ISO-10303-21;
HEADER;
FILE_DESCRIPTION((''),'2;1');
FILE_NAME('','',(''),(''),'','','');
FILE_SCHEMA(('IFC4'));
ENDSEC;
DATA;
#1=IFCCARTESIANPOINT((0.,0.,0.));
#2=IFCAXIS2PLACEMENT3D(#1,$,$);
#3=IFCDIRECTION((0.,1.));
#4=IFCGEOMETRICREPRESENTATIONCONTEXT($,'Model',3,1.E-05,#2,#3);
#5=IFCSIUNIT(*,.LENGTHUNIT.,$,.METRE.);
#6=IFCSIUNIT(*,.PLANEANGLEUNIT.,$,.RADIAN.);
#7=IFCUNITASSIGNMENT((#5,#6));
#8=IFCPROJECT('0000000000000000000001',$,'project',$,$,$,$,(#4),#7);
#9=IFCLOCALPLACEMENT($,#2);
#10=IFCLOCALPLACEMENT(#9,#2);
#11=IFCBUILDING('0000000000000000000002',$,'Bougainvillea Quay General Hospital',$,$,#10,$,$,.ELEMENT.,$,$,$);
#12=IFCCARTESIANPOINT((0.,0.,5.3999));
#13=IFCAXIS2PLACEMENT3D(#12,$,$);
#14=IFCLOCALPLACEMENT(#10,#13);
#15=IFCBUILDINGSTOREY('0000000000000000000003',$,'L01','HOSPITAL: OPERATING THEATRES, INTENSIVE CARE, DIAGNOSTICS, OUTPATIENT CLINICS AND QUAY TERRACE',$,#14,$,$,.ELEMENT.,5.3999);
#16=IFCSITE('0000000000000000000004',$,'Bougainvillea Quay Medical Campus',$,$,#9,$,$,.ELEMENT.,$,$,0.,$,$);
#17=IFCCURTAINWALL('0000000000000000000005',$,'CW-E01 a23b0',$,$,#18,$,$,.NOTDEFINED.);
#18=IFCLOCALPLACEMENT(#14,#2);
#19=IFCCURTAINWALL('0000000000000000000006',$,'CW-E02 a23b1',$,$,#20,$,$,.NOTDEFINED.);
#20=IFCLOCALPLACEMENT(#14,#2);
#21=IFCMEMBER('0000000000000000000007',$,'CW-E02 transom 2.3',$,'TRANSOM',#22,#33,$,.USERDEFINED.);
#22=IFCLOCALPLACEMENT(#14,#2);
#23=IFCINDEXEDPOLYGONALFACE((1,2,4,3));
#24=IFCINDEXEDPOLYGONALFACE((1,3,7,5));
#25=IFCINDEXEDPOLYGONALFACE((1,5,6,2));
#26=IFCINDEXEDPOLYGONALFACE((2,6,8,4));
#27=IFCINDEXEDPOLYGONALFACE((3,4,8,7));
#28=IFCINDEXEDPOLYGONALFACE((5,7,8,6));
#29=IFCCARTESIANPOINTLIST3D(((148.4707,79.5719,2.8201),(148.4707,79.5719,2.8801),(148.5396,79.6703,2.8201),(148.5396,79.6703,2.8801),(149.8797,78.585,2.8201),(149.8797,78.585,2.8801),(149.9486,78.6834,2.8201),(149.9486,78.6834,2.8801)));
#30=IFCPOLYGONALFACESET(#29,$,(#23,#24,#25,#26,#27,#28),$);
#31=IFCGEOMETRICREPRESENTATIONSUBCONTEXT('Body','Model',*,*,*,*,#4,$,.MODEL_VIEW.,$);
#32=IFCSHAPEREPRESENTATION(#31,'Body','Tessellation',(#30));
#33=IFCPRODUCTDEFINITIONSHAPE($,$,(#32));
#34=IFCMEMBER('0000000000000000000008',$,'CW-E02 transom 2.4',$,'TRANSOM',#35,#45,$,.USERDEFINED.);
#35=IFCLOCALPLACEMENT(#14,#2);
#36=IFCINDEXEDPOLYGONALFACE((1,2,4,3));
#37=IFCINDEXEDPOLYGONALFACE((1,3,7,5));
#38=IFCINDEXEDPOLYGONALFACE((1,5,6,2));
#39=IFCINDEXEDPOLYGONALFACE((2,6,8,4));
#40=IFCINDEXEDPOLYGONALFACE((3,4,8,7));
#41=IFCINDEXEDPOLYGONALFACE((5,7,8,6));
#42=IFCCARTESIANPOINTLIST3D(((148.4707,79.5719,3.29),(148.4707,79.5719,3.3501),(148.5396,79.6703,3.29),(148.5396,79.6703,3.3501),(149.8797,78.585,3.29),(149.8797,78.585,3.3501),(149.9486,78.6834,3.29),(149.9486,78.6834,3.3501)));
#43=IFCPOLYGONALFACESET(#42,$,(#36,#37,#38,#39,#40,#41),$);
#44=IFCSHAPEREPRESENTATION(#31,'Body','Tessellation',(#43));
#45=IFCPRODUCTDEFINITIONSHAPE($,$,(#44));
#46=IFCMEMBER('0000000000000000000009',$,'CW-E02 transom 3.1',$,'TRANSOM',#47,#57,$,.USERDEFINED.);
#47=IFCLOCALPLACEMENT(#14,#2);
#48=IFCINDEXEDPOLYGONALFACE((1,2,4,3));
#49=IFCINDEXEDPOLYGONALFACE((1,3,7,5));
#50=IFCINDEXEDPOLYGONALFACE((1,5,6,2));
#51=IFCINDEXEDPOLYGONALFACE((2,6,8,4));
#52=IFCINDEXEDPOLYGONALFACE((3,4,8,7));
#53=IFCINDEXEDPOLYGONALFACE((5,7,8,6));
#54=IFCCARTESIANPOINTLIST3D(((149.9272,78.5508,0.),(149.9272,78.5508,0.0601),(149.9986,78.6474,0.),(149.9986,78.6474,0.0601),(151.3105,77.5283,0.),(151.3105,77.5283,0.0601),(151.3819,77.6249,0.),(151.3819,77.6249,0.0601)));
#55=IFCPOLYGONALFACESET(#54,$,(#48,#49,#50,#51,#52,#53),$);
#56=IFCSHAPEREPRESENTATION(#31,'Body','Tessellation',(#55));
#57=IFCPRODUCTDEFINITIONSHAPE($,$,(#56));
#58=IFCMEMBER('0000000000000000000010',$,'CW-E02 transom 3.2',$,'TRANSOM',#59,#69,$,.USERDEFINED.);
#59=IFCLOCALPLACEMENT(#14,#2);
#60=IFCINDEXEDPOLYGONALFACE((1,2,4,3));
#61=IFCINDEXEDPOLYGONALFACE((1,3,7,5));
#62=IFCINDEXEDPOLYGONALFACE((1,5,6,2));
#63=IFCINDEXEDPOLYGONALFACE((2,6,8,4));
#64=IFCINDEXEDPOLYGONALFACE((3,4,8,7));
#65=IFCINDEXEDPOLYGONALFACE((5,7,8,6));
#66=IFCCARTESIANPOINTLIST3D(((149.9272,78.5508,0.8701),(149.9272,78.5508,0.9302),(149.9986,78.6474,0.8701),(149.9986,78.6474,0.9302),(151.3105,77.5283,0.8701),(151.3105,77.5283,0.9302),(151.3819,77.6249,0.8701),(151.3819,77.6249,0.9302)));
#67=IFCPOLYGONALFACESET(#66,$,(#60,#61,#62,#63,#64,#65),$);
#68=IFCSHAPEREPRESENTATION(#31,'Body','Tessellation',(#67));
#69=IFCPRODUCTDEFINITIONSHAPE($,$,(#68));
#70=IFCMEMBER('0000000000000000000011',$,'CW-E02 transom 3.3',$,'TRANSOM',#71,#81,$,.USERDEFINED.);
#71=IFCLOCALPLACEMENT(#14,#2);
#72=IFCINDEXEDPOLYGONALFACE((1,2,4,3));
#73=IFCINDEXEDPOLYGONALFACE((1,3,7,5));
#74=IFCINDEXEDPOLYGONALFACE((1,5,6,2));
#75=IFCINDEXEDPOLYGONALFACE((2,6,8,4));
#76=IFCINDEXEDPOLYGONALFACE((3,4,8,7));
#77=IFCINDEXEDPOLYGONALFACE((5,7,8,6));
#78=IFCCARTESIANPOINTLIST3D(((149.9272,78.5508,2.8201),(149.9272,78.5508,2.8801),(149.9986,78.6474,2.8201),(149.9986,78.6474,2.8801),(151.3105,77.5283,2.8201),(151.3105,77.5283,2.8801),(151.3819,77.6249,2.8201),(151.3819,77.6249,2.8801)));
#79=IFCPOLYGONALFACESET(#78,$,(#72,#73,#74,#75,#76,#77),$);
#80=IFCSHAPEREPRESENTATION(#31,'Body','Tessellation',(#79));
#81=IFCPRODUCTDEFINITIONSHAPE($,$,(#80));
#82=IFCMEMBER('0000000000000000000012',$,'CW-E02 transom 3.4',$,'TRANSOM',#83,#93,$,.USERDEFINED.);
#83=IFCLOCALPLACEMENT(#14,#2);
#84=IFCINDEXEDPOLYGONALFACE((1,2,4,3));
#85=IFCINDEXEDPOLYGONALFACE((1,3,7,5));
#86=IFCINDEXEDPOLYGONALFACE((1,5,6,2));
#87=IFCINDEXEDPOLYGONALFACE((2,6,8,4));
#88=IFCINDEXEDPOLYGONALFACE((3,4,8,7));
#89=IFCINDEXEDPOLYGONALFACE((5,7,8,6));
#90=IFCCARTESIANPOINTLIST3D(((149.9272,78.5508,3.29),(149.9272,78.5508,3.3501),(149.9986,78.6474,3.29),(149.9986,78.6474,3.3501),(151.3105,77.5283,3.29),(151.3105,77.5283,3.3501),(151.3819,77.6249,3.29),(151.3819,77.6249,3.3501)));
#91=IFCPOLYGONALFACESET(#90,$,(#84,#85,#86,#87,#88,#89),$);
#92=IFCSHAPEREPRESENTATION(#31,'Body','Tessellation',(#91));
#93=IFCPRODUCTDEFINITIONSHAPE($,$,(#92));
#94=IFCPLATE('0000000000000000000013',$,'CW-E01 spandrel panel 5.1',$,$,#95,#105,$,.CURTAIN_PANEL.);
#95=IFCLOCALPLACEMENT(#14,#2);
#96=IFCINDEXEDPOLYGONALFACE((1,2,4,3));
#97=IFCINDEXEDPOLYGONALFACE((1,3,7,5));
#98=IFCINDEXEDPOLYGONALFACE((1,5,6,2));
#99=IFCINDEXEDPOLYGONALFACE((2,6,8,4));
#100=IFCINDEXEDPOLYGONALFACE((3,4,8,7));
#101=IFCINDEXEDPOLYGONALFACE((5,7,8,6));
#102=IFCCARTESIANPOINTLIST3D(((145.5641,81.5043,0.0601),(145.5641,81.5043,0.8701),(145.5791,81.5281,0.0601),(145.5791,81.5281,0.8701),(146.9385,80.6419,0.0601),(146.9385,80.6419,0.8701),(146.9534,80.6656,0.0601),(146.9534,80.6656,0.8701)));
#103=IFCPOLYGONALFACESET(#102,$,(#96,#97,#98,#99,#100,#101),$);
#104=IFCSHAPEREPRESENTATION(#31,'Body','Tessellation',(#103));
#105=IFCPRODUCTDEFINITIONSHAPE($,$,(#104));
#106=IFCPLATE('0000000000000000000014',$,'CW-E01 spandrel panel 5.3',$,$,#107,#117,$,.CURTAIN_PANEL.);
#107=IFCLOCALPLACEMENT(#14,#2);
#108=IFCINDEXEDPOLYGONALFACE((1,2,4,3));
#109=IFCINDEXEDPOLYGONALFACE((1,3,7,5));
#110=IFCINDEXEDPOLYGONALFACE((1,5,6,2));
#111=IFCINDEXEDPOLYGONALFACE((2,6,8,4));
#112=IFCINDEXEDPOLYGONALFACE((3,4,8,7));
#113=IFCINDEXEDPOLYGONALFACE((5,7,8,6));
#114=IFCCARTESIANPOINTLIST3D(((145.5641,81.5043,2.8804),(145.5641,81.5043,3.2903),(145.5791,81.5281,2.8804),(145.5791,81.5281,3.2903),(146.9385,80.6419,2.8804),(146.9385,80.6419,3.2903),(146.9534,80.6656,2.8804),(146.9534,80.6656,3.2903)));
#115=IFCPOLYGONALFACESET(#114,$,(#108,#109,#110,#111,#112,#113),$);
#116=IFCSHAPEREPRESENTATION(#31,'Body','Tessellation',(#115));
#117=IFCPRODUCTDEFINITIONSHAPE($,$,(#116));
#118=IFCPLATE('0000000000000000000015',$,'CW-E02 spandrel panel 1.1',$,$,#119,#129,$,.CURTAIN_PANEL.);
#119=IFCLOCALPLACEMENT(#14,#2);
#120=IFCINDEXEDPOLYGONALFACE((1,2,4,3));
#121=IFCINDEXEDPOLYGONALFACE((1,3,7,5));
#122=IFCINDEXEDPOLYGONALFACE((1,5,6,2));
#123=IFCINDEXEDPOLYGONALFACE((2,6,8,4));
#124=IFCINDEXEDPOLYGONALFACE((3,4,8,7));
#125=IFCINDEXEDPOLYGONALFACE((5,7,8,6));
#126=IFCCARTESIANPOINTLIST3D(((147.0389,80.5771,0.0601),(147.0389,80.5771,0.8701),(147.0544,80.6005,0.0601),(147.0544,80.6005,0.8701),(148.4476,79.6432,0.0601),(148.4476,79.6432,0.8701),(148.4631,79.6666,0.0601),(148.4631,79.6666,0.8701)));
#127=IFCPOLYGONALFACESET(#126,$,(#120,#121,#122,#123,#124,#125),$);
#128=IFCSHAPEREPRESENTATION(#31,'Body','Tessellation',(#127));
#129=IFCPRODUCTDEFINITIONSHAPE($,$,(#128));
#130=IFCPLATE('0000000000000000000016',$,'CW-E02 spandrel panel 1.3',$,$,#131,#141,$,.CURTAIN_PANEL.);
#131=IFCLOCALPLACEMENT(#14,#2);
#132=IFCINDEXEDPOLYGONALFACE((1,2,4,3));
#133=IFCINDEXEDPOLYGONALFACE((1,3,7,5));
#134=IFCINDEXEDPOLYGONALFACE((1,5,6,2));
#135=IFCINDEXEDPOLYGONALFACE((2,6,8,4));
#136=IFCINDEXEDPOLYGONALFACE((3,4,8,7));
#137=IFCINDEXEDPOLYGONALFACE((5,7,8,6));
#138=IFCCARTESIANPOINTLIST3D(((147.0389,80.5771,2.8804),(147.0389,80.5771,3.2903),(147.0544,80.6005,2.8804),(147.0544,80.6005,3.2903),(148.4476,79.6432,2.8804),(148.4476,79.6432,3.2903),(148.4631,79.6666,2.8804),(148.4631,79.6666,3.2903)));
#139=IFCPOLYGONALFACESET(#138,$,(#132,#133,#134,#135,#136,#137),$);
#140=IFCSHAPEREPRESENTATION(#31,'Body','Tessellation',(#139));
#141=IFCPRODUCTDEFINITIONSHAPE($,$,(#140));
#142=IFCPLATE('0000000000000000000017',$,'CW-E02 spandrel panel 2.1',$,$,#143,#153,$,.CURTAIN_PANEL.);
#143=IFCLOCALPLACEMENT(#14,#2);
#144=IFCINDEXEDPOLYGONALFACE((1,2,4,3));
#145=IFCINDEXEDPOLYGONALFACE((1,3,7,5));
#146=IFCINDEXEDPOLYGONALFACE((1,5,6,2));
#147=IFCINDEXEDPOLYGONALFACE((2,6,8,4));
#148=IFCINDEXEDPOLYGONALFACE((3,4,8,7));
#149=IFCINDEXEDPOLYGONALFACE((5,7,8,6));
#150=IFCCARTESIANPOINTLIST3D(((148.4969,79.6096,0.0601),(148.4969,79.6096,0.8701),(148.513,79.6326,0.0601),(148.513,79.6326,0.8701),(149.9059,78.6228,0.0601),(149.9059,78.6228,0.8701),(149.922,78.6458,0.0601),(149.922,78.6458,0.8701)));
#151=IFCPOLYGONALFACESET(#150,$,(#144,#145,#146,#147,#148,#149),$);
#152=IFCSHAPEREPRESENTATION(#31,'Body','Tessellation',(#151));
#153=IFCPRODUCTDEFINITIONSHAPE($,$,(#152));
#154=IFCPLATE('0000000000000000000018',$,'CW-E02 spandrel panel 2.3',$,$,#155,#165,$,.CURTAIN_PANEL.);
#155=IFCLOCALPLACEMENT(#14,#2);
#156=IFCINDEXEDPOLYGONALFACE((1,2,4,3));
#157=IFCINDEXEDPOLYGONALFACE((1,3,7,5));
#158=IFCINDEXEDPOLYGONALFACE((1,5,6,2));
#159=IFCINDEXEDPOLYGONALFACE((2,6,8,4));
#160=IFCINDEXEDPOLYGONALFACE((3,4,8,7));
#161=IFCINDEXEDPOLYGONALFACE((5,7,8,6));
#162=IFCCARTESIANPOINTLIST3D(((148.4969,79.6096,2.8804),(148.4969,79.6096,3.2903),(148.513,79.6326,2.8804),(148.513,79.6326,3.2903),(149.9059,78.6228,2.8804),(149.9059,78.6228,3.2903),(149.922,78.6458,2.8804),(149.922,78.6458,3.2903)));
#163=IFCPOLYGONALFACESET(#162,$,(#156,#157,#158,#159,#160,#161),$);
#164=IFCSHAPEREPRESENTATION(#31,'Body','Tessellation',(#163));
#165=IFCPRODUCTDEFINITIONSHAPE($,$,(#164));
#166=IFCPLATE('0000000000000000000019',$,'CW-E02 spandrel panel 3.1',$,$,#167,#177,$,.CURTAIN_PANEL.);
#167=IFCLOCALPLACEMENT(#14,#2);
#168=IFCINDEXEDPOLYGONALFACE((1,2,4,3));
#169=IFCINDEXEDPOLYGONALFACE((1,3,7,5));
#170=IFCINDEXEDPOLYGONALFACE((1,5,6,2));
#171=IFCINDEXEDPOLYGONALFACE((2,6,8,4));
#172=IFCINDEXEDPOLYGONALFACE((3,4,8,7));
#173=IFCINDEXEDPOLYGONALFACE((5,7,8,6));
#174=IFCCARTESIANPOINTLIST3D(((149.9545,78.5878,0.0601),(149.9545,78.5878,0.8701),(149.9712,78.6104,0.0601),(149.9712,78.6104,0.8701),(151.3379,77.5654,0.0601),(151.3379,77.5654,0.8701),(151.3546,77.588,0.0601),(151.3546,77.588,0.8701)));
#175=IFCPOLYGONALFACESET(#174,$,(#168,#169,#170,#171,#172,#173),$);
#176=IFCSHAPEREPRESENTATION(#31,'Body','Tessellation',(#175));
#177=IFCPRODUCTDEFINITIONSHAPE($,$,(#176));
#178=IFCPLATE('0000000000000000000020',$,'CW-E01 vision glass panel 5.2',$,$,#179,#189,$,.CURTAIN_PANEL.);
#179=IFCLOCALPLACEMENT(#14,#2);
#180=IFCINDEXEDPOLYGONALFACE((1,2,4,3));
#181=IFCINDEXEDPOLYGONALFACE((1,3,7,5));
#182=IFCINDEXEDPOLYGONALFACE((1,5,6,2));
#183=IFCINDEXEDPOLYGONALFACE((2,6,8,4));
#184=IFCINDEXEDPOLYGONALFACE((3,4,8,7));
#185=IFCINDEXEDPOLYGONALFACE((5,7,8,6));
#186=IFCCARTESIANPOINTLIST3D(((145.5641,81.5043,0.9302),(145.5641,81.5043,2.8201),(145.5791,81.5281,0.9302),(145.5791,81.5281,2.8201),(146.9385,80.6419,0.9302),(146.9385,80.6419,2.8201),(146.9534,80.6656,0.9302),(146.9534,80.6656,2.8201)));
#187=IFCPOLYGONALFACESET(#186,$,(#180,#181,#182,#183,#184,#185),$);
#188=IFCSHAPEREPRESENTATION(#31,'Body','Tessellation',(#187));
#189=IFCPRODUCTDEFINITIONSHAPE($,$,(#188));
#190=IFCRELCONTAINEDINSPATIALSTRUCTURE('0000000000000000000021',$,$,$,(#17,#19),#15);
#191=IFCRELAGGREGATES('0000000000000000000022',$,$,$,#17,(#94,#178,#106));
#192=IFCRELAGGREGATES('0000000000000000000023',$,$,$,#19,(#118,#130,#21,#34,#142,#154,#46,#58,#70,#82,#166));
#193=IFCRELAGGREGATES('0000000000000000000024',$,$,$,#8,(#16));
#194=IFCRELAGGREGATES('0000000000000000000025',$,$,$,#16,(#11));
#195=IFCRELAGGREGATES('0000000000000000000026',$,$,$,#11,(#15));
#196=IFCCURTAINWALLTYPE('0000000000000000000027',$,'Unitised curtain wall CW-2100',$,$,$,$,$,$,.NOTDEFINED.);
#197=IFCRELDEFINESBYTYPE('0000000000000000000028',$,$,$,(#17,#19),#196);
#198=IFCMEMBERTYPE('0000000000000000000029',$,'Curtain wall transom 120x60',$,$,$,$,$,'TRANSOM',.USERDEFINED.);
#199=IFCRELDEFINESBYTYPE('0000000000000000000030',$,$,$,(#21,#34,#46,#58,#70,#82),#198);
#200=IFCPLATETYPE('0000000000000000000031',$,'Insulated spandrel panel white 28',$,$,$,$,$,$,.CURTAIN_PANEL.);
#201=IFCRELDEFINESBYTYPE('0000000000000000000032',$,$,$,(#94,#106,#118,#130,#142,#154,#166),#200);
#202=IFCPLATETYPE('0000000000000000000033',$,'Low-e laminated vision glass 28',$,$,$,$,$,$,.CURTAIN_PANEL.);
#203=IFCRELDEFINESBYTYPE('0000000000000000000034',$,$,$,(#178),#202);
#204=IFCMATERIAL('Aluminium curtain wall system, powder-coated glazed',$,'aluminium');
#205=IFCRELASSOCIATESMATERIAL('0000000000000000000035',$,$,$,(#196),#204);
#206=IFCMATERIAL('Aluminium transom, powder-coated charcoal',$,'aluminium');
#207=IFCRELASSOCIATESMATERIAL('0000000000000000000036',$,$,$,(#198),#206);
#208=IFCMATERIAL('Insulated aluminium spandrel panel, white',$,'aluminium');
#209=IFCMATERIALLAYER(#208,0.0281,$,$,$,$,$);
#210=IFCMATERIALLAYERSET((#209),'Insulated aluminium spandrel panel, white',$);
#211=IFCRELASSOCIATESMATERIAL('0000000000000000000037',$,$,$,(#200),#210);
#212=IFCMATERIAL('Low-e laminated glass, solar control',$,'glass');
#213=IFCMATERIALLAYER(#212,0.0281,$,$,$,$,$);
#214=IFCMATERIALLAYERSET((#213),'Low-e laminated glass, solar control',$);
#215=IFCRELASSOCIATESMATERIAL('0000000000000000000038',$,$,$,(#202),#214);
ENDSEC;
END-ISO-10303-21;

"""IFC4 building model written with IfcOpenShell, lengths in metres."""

from ifc_helpers import new_model, si_unit, direction, frame, origin, origin_2d, place, context, subcontext, project, spatial, rectangle, extrude, material, layer, layer_set, material_profile, profile_set, type_object, element, aggregate, save


model = new_model("IFC4")

# Units and contexts
model_context = context("Model", 3, precision=1e-05, world=origin(), true_north=direction((0.0, 1.0)))
body_context = subcontext(model_context, "Body", "Model", "MODEL_VIEW")
ifc_project = project(units=[si_unit("LENGTHUNIT", "METRE"), si_unit("PLANEANGLEUNIT", "RADIAN")], contexts=[model_context])

# Site, building, storey
site_placement = place(None, origin())
site = spatial("IfcSite", under=ifc_project, at=site_placement, Name="Bougainvillea Quay Medical Campus", CompositionType="ELEMENT", RefElevation=0.0)
building_placement = place(site_placement, origin())
building = spatial("IfcBuilding", under=site, at=building_placement, Name="Bougainvillea Quay General Hospital", CompositionType="ELEMENT")
storey_placement = place(building_placement, frame((0.0, 0.0, 5.3999)))
storey = spatial("IfcBuildingStorey", under=building, at=storey_placement, Name="L01", Description="HOSPITAL: OPERATING THEATRES, INTENSIVE CARE, DIAGNOSTICS, OUTPATIENT CLINICS AND QUAY TERRACE", CompositionType="ELEMENT", Elevation=5.3999)

# Curtain wall
ifc_material_1 = material(Name="Aluminium curtain wall system, powder-coated glazed", Category="aluminium")
curtain_wall_type = type_object("IfcCurtainWallType", Name="Unitised curtain wall CW-2100", PredefinedType="NOTDEFINED", material=ifc_material_1)
curtain_wall_1_placement = place(storey_placement, origin())
curtain_wall_1 = element("IfcCurtainWall", 1, at=curtain_wall_1_placement, inside=storey, type_object=curtain_wall_type, Name="CW-E01 a23b0", PredefinedType="NOTDEFINED")

# Curtain wall
curtain_wall_2_placement = place(storey_placement, origin())
curtain_wall_2 = element("IfcCurtainWall", 2, at=curtain_wall_2_placement, inside=storey, type_object=curtain_wall_type, Name="CW-E02 a23b1", PredefinedType="NOTDEFINED")

# Members
ifc_material_2 = material(Name="Aluminium transom, powder-coated charcoal", Category="aluminium")
ifc_material_profile_1 = material_profile(ifc_material_2, rectangle(XDim=0.1201, YDim=0.0601, at=origin_2d()))
ifc_profile_set_1 = profile_set([ifc_material_profile_1], Name="Aluminium transom, powder-coated charcoal")
member_type_1 = type_object("IfcMemberType", Name="Curtain wall transom 120x60", ElementType="TRANSOM", PredefinedType="USERDEFINED", material=ifc_profile_set_1)
member_1_placement = place(storey_placement, frame((148.5051, 79.6211, 2.8501), z_axis=(0.819079, -0.573681, 0.0), x_axis=(0.573681, 0.819079, 0.0)))
member_1 = element("IfcMember", 3, at=member_1_placement, type_object=member_type_1, Name="CW-E02 transom 2.3", ObjectType="TRANSOM", PredefinedType="USERDEFINED", context=body_context, shape_type="SweptSolid", body=[
    extrude(rectangle(XDim=0.1201, YDim=0.0601, at=origin_2d()), origin(), (0.0, 0.0, 1.0), 1.7202),
])
member_2_placement = place(storey_placement, frame((148.5051, 79.6211, 3.3201), z_axis=(0.819079, -0.573681, 0.0), x_axis=(0.573681, 0.819079, 0.0)))
member_2 = element("IfcMember", 4, at=member_2_placement, type_object=member_type_1, Name="CW-E02 transom 2.4", ObjectType="TRANSOM", PredefinedType="USERDEFINED", context=body_context, shape_type="SweptSolid", body=[
    extrude(rectangle(XDim=0.1201, YDim=0.0601, at=origin_2d()), origin(), (0.0, 0.0, 1.0), 1.7202),
])
member_3_placement = place(storey_placement, frame((149.9629, 78.5991, 0.03), z_axis=(0.80417, -0.594399, 0.0), x_axis=(0.594399, 0.80417, 0.0)))
member_3 = element("IfcMember", 5, at=member_3_placement, type_object=member_type_1, Name="CW-E02 transom 3.1", ObjectType="TRANSOM", PredefinedType="USERDEFINED", context=body_context, shape_type="SweptSolid", body=[
    extrude(rectangle(XDim=0.1201, YDim=0.0601, at=origin_2d()), origin(), (0.0, 0.0, 1.0), 1.7202),
])
member_4_placement = place(storey_placement, frame((149.9629, 78.5991, 0.9001), z_axis=(0.80417, -0.594399, 0.0), x_axis=(0.594399, 0.80417, 0.0)))
member_4 = element("IfcMember", 6, at=member_4_placement, type_object=member_type_1, Name="CW-E02 transom 3.2", ObjectType="TRANSOM", PredefinedType="USERDEFINED", context=body_context, shape_type="SweptSolid", body=[
    extrude(rectangle(XDim=0.1201, YDim=0.0601, at=origin_2d()), origin(), (0.0, 0.0, 1.0), 1.7202),
])
member_5_placement = place(storey_placement, frame((149.9629, 78.5991, 2.8501), z_axis=(0.80417, -0.594399, 0.0), x_axis=(0.594399, 0.80417, 0.0)))
member_5 = element("IfcMember", 7, at=member_5_placement, type_object=member_type_1, Name="CW-E02 transom 3.3", ObjectType="TRANSOM", PredefinedType="USERDEFINED", context=body_context, shape_type="SweptSolid", body=[
    extrude(rectangle(XDim=0.1201, YDim=0.0601, at=origin_2d()), origin(), (0.0, 0.0, 1.0), 1.7202),
])
member_6_placement = place(storey_placement, frame((149.9629, 78.5991, 3.3201), z_axis=(0.80417, -0.594399, 0.0), x_axis=(0.594399, 0.80417, 0.0)))
member_6 = element("IfcMember", 8, at=member_6_placement, type_object=member_type_1, Name="CW-E02 transom 3.4", ObjectType="TRANSOM", PredefinedType="USERDEFINED", context=body_context, shape_type="SweptSolid", body=[
    extrude(rectangle(XDim=0.1201, YDim=0.0601, at=origin_2d()), origin(), (0.0, 0.0, 1.0), 1.7202),
])

# Plates
ifc_material_3 = material(Name="Insulated aluminium spandrel panel, white", Category="aluminium")
ifc_layer_1 = layer(ifc_material_3, 0.0281)
ifc_layer_set_1 = layer_set([ifc_layer_1], Name="Insulated aluminium spandrel panel, white")
plate_type_1 = type_object("IfcPlateType", Name="Insulated spandrel panel white 28", PredefinedType="CURTAIN_PANEL", material=ifc_layer_set_1)
plate_1_placement = place(storey_placement, frame((146.2588, 81.085, 0.0601), z_axis=(0.0, 0.0, 1.0), x_axis=(0.847042, -0.531526, 0.0)))
plate_1 = element("IfcPlate", 9, at=plate_1_placement, type_object=plate_type_1, Name="CW-E01 spandrel panel 5.1", PredefinedType="CURTAIN_PANEL", context=body_context, shape_type="SweptSolid", body=[
    extrude(rectangle(XDim=1.6226, YDim=0.0281, at=origin_2d()), origin(), (0.0, 0.0, 1.0), 0.8101),
])
plate_2_placement = place(storey_placement, frame((146.2588, 81.085, 2.8804), z_axis=(0.0, 0.0, 1.0), x_axis=(0.847042, -0.531526, 0.0)))
plate_2 = element("IfcPlate", 10, at=plate_2_placement, type_object=plate_type_1, Name="CW-E01 spandrel panel 5.3", PredefinedType="CURTAIN_PANEL", context=body_context, shape_type="SweptSolid", body=[
    extrude(rectangle(XDim=1.6226, YDim=0.0281, at=origin_2d()), origin(), (0.0, 0.0, 1.0), 0.4099),
])
plate_3_placement = place(storey_placement, frame((147.751, 80.1218, 0.0601), z_axis=(0.0, 0.0, 1.0), x_axis=(0.833469, -0.552566, 0.0)))
plate_3 = element("IfcPlate", 11, at=plate_3_placement, type_object=plate_type_1, Name="CW-E02 spandrel panel 1.1", PredefinedType="CURTAIN_PANEL", context=body_context, shape_type="SweptSolid", body=[
    extrude(rectangle(XDim=1.6902, YDim=0.0281, at=origin_2d()), origin(), (0.0, 0.0, 1.0), 0.8101),
])
plate_4_placement = place(storey_placement, frame((147.751, 80.1218, 2.8804), z_axis=(0.0, 0.0, 1.0), x_axis=(0.833469, -0.552566, 0.0)))
plate_4 = element("IfcPlate", 12, at=plate_4_placement, type_object=plate_type_1, Name="CW-E02 spandrel panel 1.3", PredefinedType="CURTAIN_PANEL", context=body_context, shape_type="SweptSolid", body=[
    extrude(rectangle(XDim=1.6902, YDim=0.0281, at=origin_2d()), origin(), (0.0, 0.0, 1.0), 0.4099),
])
plate_5_placement = place(storey_placement, frame((149.2095, 79.1277, 0.0601), z_axis=(0.0, 0.0, 1.0), x_axis=(0.819096, -0.573656, 0.0)))
plate_5 = element("IfcPlate", 13, at=plate_5_placement, type_object=plate_type_1, Name="CW-E02 spandrel panel 2.1", PredefinedType="CURTAIN_PANEL", context=body_context, shape_type="SweptSolid", body=[
    extrude(rectangle(XDim=1.7202, YDim=0.0281, at=origin_2d()), origin(), (0.0, 0.0, 1.0), 0.8101),
])
plate_6_placement = place(storey_placement, frame((149.2095, 79.1277, 2.8804), z_axis=(0.0, 0.0, 1.0), x_axis=(0.819096, -0.573656, 0.0)))
plate_6 = element("IfcPlate", 14, at=plate_6_placement, type_object=plate_type_1, Name="CW-E02 spandrel panel 2.3", PredefinedType="CURTAIN_PANEL", context=body_context, shape_type="SweptSolid", body=[
    extrude(rectangle(XDim=1.7202, YDim=0.0281, at=origin_2d()), origin(), (0.0, 0.0, 1.0), 0.4099),
])
plate_7_placement = place(storey_placement, frame((150.6545, 78.0879, 0.0601), z_axis=(0.0, 0.0, 1.0), x_axis=(0.804189, -0.594374, 0.0)))
plate_7 = element("IfcPlate", 15, at=plate_7_placement, type_object=plate_type_1, Name="CW-E02 spandrel panel 3.1", PredefinedType="CURTAIN_PANEL", context=body_context, shape_type="SweptSolid", body=[
    extrude(rectangle(XDim=1.7202, YDim=0.0281, at=origin_2d()), origin(), (0.0, 0.0, 1.0), 0.8101),
])
ifc_material_4 = material(Name="Low-e laminated glass, solar control", Category="glass")
ifc_layer_2 = layer(ifc_material_4, 0.0281)
ifc_layer_set_2 = layer_set([ifc_layer_2], Name="Low-e laminated glass, solar control")
plate_type_2 = type_object("IfcPlateType", Name="Low-e laminated vision glass 28", PredefinedType="CURTAIN_PANEL", material=ifc_layer_set_2)
plate_8_placement = place(storey_placement, frame((146.2588, 81.085, 0.9302), z_axis=(0.0, 0.0, 1.0), x_axis=(0.847042, -0.531526, 0.0)))
plate_8 = element("IfcPlate", 16, at=plate_8_placement, type_object=plate_type_2, Name="CW-E01 vision glass panel 5.2", PredefinedType="CURTAIN_PANEL", context=body_context, shape_type="SweptSolid", body=[
    extrude(rectangle(XDim=1.6226, YDim=0.0281, at=origin_2d()), origin(), (0.0, 0.0, 1.0), 1.8899),
])
aggregate(curtain_wall_1, [plate_1, plate_8, plate_2])
aggregate(curtain_wall_2, [plate_3, plate_4, member_1, member_2, plate_5, plate_6, member_3, member_4, member_5, member_6, plate_7])

save(model, "model.ifc")
